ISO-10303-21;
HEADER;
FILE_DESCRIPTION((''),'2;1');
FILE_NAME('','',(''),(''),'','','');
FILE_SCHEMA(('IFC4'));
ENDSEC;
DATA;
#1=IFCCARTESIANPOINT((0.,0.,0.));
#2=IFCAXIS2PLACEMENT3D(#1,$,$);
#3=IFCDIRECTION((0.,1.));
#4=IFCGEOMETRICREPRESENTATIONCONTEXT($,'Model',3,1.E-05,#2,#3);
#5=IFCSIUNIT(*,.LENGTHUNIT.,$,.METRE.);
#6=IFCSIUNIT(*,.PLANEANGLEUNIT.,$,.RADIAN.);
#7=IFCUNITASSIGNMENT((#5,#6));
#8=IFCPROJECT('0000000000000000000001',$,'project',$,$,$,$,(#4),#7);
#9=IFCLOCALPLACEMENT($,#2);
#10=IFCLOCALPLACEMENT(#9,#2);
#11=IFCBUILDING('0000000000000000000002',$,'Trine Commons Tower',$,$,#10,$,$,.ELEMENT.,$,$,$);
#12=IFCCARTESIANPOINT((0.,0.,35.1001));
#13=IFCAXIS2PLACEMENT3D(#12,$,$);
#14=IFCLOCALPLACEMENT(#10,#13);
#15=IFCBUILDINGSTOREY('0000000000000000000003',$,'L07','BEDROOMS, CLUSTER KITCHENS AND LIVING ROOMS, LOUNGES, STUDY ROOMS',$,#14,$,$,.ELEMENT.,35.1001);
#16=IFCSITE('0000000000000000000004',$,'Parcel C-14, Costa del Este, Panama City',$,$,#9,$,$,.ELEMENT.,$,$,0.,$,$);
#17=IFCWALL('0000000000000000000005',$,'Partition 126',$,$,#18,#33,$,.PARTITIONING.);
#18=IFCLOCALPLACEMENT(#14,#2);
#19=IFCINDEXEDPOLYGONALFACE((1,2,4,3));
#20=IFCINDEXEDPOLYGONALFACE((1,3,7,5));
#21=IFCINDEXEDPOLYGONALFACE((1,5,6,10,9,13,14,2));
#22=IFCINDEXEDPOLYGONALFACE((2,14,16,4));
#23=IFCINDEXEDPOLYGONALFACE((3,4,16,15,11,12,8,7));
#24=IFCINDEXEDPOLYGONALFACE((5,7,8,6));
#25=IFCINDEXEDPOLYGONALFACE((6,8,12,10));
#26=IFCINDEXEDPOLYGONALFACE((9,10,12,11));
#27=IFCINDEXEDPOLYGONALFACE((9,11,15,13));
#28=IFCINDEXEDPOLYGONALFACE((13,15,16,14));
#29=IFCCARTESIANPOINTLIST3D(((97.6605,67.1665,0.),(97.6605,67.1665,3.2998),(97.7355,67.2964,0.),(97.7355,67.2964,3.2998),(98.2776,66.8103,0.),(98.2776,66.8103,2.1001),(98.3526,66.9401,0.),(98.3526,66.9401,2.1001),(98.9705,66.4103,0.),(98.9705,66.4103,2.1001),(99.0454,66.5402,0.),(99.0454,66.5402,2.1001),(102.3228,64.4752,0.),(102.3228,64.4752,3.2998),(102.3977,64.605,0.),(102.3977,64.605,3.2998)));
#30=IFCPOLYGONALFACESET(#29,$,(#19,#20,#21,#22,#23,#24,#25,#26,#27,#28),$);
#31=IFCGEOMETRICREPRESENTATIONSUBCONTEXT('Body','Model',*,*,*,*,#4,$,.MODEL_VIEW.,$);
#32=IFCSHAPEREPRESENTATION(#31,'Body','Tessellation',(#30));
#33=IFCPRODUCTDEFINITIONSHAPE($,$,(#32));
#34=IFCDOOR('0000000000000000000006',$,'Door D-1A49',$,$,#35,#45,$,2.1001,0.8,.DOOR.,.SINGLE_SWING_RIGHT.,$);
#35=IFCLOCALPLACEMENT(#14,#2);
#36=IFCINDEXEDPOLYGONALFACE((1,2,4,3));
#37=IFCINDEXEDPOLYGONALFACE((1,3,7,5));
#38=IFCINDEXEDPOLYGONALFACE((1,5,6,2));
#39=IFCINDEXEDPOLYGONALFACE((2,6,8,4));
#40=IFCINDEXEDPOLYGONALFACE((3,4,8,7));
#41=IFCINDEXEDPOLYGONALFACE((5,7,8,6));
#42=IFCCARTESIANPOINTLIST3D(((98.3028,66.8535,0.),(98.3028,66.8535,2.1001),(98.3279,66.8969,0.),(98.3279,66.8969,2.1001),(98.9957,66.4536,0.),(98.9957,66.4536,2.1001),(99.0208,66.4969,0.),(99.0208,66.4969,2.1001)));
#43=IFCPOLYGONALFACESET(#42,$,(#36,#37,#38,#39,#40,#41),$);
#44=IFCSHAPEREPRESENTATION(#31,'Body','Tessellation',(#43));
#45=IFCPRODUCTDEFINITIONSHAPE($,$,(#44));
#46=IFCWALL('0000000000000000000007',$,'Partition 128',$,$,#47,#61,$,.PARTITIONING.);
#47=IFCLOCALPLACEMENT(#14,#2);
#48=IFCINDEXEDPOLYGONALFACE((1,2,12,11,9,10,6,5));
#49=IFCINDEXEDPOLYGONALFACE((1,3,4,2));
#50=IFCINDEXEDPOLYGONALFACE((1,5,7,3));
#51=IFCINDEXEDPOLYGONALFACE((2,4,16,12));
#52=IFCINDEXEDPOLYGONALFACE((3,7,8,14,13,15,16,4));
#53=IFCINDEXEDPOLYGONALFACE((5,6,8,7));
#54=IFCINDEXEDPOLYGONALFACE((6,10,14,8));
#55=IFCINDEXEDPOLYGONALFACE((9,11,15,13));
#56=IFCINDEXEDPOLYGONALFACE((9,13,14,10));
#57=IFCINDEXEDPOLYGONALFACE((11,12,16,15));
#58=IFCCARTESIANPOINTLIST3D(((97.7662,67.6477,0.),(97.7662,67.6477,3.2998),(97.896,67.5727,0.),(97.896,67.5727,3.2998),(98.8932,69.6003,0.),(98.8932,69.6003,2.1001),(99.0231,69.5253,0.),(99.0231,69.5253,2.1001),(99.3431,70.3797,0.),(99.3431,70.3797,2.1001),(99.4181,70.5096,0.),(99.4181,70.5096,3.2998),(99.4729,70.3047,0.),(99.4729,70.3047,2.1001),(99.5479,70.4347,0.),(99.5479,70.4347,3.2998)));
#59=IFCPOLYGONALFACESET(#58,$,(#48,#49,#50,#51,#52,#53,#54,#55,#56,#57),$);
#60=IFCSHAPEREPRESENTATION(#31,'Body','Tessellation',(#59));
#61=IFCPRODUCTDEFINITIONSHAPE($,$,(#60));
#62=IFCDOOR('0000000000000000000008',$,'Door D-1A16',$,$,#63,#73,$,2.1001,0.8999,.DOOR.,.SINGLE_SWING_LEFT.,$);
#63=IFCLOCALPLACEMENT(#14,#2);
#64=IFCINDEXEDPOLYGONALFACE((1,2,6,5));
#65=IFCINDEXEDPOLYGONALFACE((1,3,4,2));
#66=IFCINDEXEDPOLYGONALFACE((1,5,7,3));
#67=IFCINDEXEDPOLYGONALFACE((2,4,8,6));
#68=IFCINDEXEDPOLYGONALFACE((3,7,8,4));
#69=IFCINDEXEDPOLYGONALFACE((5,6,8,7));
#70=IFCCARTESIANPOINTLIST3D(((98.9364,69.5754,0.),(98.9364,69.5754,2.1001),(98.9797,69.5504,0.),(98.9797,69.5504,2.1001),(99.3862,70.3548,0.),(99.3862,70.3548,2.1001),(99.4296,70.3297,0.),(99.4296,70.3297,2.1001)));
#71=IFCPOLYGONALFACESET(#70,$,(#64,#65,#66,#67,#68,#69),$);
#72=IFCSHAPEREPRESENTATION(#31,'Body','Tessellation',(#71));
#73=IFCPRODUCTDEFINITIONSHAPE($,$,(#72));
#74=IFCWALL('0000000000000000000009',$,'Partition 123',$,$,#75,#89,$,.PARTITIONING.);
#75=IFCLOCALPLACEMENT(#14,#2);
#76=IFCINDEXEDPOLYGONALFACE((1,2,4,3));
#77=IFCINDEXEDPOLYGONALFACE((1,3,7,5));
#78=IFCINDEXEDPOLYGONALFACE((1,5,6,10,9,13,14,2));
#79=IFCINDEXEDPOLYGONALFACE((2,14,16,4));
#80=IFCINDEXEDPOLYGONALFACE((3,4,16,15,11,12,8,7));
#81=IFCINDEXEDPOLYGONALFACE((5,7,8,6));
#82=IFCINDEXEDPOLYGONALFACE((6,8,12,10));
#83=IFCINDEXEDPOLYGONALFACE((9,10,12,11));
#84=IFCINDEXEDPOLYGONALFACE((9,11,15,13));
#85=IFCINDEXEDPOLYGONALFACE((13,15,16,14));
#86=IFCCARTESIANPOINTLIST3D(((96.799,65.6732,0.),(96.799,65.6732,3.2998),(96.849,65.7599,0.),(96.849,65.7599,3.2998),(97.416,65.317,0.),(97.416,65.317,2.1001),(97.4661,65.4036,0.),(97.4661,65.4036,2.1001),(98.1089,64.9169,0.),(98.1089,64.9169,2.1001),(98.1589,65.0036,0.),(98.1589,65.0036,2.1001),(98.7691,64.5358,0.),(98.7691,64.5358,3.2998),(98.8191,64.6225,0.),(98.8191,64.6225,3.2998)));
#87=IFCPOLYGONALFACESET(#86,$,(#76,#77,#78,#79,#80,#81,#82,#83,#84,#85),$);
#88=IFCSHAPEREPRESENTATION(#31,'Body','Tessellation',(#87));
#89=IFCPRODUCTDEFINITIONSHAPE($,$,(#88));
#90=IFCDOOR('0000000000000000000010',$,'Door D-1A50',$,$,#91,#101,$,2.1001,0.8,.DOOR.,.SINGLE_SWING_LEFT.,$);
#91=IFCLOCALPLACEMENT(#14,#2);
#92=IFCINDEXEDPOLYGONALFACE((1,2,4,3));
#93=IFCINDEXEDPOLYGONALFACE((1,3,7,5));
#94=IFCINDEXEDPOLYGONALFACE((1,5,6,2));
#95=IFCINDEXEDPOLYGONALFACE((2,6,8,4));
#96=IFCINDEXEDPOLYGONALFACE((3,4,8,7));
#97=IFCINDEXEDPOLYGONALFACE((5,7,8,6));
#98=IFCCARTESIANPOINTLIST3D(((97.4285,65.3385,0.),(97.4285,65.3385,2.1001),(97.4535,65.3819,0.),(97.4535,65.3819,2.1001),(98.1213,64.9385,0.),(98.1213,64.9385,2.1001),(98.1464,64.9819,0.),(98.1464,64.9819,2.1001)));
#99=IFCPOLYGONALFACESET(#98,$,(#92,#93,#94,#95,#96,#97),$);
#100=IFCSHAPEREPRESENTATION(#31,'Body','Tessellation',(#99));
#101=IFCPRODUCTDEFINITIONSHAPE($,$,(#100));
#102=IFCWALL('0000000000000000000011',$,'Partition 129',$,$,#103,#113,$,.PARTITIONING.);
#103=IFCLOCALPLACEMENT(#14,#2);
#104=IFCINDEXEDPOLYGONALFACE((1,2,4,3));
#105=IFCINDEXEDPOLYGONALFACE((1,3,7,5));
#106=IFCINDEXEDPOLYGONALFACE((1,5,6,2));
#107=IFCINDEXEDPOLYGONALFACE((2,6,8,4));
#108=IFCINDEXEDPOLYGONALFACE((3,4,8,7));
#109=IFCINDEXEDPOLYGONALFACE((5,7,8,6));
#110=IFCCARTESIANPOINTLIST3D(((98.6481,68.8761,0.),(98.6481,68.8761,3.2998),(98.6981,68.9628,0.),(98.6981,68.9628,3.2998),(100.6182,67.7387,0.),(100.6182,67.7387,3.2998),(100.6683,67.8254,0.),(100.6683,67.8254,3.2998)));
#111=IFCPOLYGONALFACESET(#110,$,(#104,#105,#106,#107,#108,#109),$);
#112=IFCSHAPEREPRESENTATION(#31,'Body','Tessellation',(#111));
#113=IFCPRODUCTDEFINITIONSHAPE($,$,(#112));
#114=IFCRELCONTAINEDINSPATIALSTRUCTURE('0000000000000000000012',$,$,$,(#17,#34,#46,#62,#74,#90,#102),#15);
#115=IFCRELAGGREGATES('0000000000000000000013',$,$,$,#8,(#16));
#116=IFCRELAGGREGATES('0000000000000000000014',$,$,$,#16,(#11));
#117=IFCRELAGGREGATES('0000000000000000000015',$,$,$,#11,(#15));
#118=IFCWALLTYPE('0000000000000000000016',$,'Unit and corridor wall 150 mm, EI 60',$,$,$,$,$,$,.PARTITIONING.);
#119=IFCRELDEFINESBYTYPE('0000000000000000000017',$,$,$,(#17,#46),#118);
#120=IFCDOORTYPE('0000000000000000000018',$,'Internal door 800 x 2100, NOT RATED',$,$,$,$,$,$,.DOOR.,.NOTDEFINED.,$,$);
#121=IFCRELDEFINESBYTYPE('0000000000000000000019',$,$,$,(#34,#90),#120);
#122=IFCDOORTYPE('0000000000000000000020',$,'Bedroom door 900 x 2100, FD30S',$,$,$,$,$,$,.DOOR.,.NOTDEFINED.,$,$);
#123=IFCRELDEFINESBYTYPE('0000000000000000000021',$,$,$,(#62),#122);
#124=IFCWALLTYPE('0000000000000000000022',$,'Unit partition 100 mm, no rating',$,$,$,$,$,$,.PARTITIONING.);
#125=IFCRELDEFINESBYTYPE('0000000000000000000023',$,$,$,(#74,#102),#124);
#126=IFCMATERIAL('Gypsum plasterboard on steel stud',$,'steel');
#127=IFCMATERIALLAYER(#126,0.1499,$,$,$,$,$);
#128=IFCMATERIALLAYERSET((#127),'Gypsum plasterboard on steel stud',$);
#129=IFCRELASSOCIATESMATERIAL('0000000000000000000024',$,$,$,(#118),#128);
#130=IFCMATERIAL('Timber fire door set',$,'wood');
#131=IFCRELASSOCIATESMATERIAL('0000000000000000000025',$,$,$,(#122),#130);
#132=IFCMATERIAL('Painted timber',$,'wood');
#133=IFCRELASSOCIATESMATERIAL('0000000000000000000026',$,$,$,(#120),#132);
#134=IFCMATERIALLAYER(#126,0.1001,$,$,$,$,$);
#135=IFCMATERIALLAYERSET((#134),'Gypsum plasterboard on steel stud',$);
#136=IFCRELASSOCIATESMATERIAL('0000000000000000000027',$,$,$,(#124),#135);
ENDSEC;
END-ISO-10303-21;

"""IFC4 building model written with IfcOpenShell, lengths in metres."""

from ifc_helpers import new_model, si_unit, direction, frame, frame_2d, origin, place, context, subcontext, project, spatial, rectangle, extrude, material, layer, layer_set, type_object, element, fill, save


model = new_model("IFC4")

# Units and contexts
model_context = context("Model", 3, precision=1e-05, world=origin(), true_north=direction((0.0, 1.0)))
body_context = subcontext(model_context, "Body", "Model", "MODEL_VIEW")
ifc_project = project(units=[si_unit("LENGTHUNIT", "METRE"), si_unit("PLANEANGLEUNIT", "RADIAN")], contexts=[model_context])

# Site, building, storey
site_placement = place(None, origin())
site = spatial("IfcSite", under=ifc_project, at=site_placement, Name="Parcel C-14, Costa del Este, Panama City", CompositionType="ELEMENT", RefElevation=0.0)
building_placement = place(site_placement, origin())
building = spatial("IfcBuilding", under=site, at=building_placement, Name="Trine Commons Tower", CompositionType="ELEMENT")
storey_placement = place(building_placement, frame((0.0, 0.0, 35.1001)))
storey = spatial("IfcBuildingStorey", under=building, at=storey_placement, Name="L07", Description="BEDROOMS, CLUSTER KITCHENS AND LIVING ROOMS, LOUNGES, STUDY ROOMS", CompositionType="ELEMENT", Elevation=35.1001)

# Shared definitions
ifc_material_1 = material(Name="Gypsum plasterboard on steel stud", Category="steel")
ifc_layer_1 = layer(ifc_material_1, 0.1499)
ifc_layer_set_1 = layer_set([ifc_layer_1], Name="Gypsum plasterboard on steel stud")
wall_type_1 = type_object("IfcWallType", Name="Unit and corridor wall 150 mm, EI 60", PredefinedType="PARTITIONING", material=ifc_layer_set_1)

# Shared definitions
ifc_material_2 = material(Name="Timber fire door set", Category="wood")
door_type_1 = type_object("IfcDoorType", Name="Bedroom door 900 x 2100, FD30S", OperationType="NOTDEFINED", PredefinedType="DOOR", material=ifc_material_2)

# Walls, openings, doors
wall_1_placement = place(storey_placement, frame((97.698, 67.2314, 0.0), z_axis=(0.0, 0.0, 1.0), x_axis=(0.866058, -0.499944, 0.0)))
wall_1 = element("IfcWall", 1, at=wall_1_placement, inside=storey, type_object=wall_type_1, Name="Partition 126", PredefinedType="PARTITIONING", context=body_context, shape_type="SweptSolid", body=[
    extrude(rectangle(XDim=5.3833, YDim=0.1499, at=frame_2d((2.6917, 0.0))), origin(), (0.0, 0.0, 1.0), 3.2998),
])
opening_1_placement = place(wall_1_placement, frame((0.7126, 0.0, 0.0)))
opening_1 = element("IfcOpeningElement", 2, at=opening_1_placement, cuts=wall_1, PredefinedType="OPENING", context=body_context, shape_type="SweptSolid", body=[
    extrude(rectangle(XDim=0.8, YDim=2.1001, at=frame_2d((0.3999, 1.05))), frame((0.0, 0.085, 0.0), z_axis=(0.0, -1.0, 0.0), x_axis=(1.0, 0.0, 0.0)), (0.0, 0.0, 1.0), 0.1699),
])
ifc_material_3 = material(Name="Painted timber", Category="wood")
door_type_2 = type_object("IfcDoorType", Name="Internal door 800 x 2100, NOT RATED", OperationType="NOTDEFINED", PredefinedType="DOOR", material=ifc_material_3)
door_1_placement = place(opening_1_placement, frame((0.8, 0.0, 0.0), z_axis=(0.0, 0.0, 1.0), x_axis=(-1.0, 0.0, 0.0)))
door_1 = element("IfcDoor", 3, at=door_1_placement, inside=storey, type_object=door_type_2, Name="Door D-1A49", OperationType="SINGLE_SWING_RIGHT", OverallHeight=2.1001, OverallWidth=0.8, PredefinedType="DOOR", context=body_context, shape_type="SweptSolid", body=[
    extrude(rectangle(XDim=0.8, YDim=2.1001, at=frame_2d((0.3999, 1.05))), frame((0.0, 0.0249, 0.0), z_axis=(0.0, -1.0, 0.0), x_axis=(1.0, 0.0, 0.0)), (0.0, 0.0, 1.0), 0.05),
])
fill(opening_1, door_1)
wall_2_placement = place(storey_placement, frame((97.8311, 67.6101, 0.0), z_axis=(0.0, 0.0, 1.0), x_axis=(0.499906, 0.86608, 0.0)))
wall_2 = element("IfcWall", 4, at=wall_2_placement, inside=storey, type_object=wall_type_1, Name="Partition 128", PredefinedType="PARTITIONING", context=body_context, shape_type="SweptSolid", body=[
    extrude(rectangle(XDim=3.3044, YDim=0.1499, at=frame_2d((1.6523, 0.0))), origin(), (0.0, 0.0, 1.0), 3.2998),
])
opening_2_placement = place(wall_2_placement, frame((2.2546, 0.0, 0.0)))
opening_2 = element("IfcOpeningElement", 5, at=opening_2_placement, cuts=wall_2, PredefinedType="OPENING", context=body_context, shape_type="SweptSolid", body=[
    extrude(rectangle(XDim=0.8999, YDim=2.1001, at=frame_2d((0.45, 1.05))), frame((0.0, 0.085, 0.0), z_axis=(0.0, -1.0, 0.0), x_axis=(1.0, 0.0, 0.0)), (0.0, 0.0, 1.0), 0.1699),
])
door_2_placement = place(opening_2_placement, frame((0.8999, 0.0, 0.0), z_axis=(0.0, 0.0, 1.0), x_axis=(-1.0, 0.0, 0.0)))
door_2 = element("IfcDoor", 6, at=door_2_placement, inside=storey, type_object=door_type_1, Name="Door D-1A16", OperationType="SINGLE_SWING_LEFT", OverallHeight=2.1001, OverallWidth=0.8999, PredefinedType="DOOR", context=body_context, shape_type="SweptSolid", body=[
    extrude(rectangle(XDim=0.8999, YDim=2.1001, at=frame_2d((0.45, 1.05))), frame((0.0, 0.0249, 0.0), z_axis=(0.0, -1.0, 0.0), x_axis=(1.0, 0.0, 0.0)), (0.0, 0.0, 1.0), 0.05),
])
fill(opening_2, door_2)
ifc_layer_2 = layer(ifc_material_1, 0.1001)
ifc_layer_set_2 = layer_set([ifc_layer_2], Name="Gypsum plasterboard on steel stud")
wall_type_2 = type_object("IfcWallType", Name="Unit partition 100 mm, no rating", PredefinedType="PARTITIONING", material=ifc_layer_set_2)
wall_3_placement = place(storey_placement, frame((96.824, 65.7166, 0.0), z_axis=(0.0, 0.0, 1.0), x_axis=(0.866035, -0.499983, 0.0)))
wall_3 = element("IfcWall", 7, at=wall_3_placement, inside=storey, type_object=wall_type_2, Name="Partition 123", PredefinedType="PARTITIONING", context=body_context, shape_type="SweptSolid", body=[
    extrude(rectangle(XDim=2.2749, YDim=0.1001, at=frame_2d((1.1375, 0.0))), origin(), (0.0, 0.0, 1.0), 3.2998),
])
opening_3_placement = place(wall_3_placement, frame((0.7126, 0.0, 0.0)))
opening_3 = element("IfcOpeningElement", 8, at=opening_3_placement, cuts=wall_3, PredefinedType="OPENING", context=body_context, shape_type="SweptSolid", body=[
    extrude(rectangle(XDim=0.8, YDim=2.1001, at=frame_2d((0.3999, 1.05))), frame((0.0, 0.0601, 0.0), z_axis=(0.0, -1.0, 0.0), x_axis=(1.0, 0.0, 0.0)), (0.0, 0.0, 1.0), 0.1201),
])
door_3_placement = place(opening_3_placement, origin())
door_3 = element("IfcDoor", 9, at=door_3_placement, inside=storey, type_object=door_type_2, Name="Door D-1A50", OperationType="SINGLE_SWING_LEFT", OverallHeight=2.1001, OverallWidth=0.8, PredefinedType="DOOR", context=body_context, shape_type="SweptSolid", body=[
    extrude(rectangle(XDim=0.8, YDim=2.1001, at=frame_2d((0.3999, 1.05))), frame((0.0, 0.0249, 0.0), z_axis=(0.0, -1.0, 0.0), x_axis=(1.0, 0.0, 0.0)), (0.0, 0.0, 1.0), 0.05),
])
fill(opening_3, door_3)

# Wall
wall_4_placement = place(storey_placement, frame((98.6731, 68.9194, 0.0), z_axis=(0.0, 0.0, 1.0), x_axis=(0.866035, -0.499983, 0.0)))
element("IfcWall", 10, at=wall_4_placement, inside=storey, type_object=wall_type_2, Name="Partition 129", PredefinedType="PARTITIONING", context=body_context, shape_type="SweptSolid", body=[
    extrude(rectangle(XDim=2.2749, YDim=0.1001, at=frame_2d((1.1375, 0.0))), origin(), (0.0, 0.0, 1.0), 3.2998),
])

save(model, "model.ifc")
